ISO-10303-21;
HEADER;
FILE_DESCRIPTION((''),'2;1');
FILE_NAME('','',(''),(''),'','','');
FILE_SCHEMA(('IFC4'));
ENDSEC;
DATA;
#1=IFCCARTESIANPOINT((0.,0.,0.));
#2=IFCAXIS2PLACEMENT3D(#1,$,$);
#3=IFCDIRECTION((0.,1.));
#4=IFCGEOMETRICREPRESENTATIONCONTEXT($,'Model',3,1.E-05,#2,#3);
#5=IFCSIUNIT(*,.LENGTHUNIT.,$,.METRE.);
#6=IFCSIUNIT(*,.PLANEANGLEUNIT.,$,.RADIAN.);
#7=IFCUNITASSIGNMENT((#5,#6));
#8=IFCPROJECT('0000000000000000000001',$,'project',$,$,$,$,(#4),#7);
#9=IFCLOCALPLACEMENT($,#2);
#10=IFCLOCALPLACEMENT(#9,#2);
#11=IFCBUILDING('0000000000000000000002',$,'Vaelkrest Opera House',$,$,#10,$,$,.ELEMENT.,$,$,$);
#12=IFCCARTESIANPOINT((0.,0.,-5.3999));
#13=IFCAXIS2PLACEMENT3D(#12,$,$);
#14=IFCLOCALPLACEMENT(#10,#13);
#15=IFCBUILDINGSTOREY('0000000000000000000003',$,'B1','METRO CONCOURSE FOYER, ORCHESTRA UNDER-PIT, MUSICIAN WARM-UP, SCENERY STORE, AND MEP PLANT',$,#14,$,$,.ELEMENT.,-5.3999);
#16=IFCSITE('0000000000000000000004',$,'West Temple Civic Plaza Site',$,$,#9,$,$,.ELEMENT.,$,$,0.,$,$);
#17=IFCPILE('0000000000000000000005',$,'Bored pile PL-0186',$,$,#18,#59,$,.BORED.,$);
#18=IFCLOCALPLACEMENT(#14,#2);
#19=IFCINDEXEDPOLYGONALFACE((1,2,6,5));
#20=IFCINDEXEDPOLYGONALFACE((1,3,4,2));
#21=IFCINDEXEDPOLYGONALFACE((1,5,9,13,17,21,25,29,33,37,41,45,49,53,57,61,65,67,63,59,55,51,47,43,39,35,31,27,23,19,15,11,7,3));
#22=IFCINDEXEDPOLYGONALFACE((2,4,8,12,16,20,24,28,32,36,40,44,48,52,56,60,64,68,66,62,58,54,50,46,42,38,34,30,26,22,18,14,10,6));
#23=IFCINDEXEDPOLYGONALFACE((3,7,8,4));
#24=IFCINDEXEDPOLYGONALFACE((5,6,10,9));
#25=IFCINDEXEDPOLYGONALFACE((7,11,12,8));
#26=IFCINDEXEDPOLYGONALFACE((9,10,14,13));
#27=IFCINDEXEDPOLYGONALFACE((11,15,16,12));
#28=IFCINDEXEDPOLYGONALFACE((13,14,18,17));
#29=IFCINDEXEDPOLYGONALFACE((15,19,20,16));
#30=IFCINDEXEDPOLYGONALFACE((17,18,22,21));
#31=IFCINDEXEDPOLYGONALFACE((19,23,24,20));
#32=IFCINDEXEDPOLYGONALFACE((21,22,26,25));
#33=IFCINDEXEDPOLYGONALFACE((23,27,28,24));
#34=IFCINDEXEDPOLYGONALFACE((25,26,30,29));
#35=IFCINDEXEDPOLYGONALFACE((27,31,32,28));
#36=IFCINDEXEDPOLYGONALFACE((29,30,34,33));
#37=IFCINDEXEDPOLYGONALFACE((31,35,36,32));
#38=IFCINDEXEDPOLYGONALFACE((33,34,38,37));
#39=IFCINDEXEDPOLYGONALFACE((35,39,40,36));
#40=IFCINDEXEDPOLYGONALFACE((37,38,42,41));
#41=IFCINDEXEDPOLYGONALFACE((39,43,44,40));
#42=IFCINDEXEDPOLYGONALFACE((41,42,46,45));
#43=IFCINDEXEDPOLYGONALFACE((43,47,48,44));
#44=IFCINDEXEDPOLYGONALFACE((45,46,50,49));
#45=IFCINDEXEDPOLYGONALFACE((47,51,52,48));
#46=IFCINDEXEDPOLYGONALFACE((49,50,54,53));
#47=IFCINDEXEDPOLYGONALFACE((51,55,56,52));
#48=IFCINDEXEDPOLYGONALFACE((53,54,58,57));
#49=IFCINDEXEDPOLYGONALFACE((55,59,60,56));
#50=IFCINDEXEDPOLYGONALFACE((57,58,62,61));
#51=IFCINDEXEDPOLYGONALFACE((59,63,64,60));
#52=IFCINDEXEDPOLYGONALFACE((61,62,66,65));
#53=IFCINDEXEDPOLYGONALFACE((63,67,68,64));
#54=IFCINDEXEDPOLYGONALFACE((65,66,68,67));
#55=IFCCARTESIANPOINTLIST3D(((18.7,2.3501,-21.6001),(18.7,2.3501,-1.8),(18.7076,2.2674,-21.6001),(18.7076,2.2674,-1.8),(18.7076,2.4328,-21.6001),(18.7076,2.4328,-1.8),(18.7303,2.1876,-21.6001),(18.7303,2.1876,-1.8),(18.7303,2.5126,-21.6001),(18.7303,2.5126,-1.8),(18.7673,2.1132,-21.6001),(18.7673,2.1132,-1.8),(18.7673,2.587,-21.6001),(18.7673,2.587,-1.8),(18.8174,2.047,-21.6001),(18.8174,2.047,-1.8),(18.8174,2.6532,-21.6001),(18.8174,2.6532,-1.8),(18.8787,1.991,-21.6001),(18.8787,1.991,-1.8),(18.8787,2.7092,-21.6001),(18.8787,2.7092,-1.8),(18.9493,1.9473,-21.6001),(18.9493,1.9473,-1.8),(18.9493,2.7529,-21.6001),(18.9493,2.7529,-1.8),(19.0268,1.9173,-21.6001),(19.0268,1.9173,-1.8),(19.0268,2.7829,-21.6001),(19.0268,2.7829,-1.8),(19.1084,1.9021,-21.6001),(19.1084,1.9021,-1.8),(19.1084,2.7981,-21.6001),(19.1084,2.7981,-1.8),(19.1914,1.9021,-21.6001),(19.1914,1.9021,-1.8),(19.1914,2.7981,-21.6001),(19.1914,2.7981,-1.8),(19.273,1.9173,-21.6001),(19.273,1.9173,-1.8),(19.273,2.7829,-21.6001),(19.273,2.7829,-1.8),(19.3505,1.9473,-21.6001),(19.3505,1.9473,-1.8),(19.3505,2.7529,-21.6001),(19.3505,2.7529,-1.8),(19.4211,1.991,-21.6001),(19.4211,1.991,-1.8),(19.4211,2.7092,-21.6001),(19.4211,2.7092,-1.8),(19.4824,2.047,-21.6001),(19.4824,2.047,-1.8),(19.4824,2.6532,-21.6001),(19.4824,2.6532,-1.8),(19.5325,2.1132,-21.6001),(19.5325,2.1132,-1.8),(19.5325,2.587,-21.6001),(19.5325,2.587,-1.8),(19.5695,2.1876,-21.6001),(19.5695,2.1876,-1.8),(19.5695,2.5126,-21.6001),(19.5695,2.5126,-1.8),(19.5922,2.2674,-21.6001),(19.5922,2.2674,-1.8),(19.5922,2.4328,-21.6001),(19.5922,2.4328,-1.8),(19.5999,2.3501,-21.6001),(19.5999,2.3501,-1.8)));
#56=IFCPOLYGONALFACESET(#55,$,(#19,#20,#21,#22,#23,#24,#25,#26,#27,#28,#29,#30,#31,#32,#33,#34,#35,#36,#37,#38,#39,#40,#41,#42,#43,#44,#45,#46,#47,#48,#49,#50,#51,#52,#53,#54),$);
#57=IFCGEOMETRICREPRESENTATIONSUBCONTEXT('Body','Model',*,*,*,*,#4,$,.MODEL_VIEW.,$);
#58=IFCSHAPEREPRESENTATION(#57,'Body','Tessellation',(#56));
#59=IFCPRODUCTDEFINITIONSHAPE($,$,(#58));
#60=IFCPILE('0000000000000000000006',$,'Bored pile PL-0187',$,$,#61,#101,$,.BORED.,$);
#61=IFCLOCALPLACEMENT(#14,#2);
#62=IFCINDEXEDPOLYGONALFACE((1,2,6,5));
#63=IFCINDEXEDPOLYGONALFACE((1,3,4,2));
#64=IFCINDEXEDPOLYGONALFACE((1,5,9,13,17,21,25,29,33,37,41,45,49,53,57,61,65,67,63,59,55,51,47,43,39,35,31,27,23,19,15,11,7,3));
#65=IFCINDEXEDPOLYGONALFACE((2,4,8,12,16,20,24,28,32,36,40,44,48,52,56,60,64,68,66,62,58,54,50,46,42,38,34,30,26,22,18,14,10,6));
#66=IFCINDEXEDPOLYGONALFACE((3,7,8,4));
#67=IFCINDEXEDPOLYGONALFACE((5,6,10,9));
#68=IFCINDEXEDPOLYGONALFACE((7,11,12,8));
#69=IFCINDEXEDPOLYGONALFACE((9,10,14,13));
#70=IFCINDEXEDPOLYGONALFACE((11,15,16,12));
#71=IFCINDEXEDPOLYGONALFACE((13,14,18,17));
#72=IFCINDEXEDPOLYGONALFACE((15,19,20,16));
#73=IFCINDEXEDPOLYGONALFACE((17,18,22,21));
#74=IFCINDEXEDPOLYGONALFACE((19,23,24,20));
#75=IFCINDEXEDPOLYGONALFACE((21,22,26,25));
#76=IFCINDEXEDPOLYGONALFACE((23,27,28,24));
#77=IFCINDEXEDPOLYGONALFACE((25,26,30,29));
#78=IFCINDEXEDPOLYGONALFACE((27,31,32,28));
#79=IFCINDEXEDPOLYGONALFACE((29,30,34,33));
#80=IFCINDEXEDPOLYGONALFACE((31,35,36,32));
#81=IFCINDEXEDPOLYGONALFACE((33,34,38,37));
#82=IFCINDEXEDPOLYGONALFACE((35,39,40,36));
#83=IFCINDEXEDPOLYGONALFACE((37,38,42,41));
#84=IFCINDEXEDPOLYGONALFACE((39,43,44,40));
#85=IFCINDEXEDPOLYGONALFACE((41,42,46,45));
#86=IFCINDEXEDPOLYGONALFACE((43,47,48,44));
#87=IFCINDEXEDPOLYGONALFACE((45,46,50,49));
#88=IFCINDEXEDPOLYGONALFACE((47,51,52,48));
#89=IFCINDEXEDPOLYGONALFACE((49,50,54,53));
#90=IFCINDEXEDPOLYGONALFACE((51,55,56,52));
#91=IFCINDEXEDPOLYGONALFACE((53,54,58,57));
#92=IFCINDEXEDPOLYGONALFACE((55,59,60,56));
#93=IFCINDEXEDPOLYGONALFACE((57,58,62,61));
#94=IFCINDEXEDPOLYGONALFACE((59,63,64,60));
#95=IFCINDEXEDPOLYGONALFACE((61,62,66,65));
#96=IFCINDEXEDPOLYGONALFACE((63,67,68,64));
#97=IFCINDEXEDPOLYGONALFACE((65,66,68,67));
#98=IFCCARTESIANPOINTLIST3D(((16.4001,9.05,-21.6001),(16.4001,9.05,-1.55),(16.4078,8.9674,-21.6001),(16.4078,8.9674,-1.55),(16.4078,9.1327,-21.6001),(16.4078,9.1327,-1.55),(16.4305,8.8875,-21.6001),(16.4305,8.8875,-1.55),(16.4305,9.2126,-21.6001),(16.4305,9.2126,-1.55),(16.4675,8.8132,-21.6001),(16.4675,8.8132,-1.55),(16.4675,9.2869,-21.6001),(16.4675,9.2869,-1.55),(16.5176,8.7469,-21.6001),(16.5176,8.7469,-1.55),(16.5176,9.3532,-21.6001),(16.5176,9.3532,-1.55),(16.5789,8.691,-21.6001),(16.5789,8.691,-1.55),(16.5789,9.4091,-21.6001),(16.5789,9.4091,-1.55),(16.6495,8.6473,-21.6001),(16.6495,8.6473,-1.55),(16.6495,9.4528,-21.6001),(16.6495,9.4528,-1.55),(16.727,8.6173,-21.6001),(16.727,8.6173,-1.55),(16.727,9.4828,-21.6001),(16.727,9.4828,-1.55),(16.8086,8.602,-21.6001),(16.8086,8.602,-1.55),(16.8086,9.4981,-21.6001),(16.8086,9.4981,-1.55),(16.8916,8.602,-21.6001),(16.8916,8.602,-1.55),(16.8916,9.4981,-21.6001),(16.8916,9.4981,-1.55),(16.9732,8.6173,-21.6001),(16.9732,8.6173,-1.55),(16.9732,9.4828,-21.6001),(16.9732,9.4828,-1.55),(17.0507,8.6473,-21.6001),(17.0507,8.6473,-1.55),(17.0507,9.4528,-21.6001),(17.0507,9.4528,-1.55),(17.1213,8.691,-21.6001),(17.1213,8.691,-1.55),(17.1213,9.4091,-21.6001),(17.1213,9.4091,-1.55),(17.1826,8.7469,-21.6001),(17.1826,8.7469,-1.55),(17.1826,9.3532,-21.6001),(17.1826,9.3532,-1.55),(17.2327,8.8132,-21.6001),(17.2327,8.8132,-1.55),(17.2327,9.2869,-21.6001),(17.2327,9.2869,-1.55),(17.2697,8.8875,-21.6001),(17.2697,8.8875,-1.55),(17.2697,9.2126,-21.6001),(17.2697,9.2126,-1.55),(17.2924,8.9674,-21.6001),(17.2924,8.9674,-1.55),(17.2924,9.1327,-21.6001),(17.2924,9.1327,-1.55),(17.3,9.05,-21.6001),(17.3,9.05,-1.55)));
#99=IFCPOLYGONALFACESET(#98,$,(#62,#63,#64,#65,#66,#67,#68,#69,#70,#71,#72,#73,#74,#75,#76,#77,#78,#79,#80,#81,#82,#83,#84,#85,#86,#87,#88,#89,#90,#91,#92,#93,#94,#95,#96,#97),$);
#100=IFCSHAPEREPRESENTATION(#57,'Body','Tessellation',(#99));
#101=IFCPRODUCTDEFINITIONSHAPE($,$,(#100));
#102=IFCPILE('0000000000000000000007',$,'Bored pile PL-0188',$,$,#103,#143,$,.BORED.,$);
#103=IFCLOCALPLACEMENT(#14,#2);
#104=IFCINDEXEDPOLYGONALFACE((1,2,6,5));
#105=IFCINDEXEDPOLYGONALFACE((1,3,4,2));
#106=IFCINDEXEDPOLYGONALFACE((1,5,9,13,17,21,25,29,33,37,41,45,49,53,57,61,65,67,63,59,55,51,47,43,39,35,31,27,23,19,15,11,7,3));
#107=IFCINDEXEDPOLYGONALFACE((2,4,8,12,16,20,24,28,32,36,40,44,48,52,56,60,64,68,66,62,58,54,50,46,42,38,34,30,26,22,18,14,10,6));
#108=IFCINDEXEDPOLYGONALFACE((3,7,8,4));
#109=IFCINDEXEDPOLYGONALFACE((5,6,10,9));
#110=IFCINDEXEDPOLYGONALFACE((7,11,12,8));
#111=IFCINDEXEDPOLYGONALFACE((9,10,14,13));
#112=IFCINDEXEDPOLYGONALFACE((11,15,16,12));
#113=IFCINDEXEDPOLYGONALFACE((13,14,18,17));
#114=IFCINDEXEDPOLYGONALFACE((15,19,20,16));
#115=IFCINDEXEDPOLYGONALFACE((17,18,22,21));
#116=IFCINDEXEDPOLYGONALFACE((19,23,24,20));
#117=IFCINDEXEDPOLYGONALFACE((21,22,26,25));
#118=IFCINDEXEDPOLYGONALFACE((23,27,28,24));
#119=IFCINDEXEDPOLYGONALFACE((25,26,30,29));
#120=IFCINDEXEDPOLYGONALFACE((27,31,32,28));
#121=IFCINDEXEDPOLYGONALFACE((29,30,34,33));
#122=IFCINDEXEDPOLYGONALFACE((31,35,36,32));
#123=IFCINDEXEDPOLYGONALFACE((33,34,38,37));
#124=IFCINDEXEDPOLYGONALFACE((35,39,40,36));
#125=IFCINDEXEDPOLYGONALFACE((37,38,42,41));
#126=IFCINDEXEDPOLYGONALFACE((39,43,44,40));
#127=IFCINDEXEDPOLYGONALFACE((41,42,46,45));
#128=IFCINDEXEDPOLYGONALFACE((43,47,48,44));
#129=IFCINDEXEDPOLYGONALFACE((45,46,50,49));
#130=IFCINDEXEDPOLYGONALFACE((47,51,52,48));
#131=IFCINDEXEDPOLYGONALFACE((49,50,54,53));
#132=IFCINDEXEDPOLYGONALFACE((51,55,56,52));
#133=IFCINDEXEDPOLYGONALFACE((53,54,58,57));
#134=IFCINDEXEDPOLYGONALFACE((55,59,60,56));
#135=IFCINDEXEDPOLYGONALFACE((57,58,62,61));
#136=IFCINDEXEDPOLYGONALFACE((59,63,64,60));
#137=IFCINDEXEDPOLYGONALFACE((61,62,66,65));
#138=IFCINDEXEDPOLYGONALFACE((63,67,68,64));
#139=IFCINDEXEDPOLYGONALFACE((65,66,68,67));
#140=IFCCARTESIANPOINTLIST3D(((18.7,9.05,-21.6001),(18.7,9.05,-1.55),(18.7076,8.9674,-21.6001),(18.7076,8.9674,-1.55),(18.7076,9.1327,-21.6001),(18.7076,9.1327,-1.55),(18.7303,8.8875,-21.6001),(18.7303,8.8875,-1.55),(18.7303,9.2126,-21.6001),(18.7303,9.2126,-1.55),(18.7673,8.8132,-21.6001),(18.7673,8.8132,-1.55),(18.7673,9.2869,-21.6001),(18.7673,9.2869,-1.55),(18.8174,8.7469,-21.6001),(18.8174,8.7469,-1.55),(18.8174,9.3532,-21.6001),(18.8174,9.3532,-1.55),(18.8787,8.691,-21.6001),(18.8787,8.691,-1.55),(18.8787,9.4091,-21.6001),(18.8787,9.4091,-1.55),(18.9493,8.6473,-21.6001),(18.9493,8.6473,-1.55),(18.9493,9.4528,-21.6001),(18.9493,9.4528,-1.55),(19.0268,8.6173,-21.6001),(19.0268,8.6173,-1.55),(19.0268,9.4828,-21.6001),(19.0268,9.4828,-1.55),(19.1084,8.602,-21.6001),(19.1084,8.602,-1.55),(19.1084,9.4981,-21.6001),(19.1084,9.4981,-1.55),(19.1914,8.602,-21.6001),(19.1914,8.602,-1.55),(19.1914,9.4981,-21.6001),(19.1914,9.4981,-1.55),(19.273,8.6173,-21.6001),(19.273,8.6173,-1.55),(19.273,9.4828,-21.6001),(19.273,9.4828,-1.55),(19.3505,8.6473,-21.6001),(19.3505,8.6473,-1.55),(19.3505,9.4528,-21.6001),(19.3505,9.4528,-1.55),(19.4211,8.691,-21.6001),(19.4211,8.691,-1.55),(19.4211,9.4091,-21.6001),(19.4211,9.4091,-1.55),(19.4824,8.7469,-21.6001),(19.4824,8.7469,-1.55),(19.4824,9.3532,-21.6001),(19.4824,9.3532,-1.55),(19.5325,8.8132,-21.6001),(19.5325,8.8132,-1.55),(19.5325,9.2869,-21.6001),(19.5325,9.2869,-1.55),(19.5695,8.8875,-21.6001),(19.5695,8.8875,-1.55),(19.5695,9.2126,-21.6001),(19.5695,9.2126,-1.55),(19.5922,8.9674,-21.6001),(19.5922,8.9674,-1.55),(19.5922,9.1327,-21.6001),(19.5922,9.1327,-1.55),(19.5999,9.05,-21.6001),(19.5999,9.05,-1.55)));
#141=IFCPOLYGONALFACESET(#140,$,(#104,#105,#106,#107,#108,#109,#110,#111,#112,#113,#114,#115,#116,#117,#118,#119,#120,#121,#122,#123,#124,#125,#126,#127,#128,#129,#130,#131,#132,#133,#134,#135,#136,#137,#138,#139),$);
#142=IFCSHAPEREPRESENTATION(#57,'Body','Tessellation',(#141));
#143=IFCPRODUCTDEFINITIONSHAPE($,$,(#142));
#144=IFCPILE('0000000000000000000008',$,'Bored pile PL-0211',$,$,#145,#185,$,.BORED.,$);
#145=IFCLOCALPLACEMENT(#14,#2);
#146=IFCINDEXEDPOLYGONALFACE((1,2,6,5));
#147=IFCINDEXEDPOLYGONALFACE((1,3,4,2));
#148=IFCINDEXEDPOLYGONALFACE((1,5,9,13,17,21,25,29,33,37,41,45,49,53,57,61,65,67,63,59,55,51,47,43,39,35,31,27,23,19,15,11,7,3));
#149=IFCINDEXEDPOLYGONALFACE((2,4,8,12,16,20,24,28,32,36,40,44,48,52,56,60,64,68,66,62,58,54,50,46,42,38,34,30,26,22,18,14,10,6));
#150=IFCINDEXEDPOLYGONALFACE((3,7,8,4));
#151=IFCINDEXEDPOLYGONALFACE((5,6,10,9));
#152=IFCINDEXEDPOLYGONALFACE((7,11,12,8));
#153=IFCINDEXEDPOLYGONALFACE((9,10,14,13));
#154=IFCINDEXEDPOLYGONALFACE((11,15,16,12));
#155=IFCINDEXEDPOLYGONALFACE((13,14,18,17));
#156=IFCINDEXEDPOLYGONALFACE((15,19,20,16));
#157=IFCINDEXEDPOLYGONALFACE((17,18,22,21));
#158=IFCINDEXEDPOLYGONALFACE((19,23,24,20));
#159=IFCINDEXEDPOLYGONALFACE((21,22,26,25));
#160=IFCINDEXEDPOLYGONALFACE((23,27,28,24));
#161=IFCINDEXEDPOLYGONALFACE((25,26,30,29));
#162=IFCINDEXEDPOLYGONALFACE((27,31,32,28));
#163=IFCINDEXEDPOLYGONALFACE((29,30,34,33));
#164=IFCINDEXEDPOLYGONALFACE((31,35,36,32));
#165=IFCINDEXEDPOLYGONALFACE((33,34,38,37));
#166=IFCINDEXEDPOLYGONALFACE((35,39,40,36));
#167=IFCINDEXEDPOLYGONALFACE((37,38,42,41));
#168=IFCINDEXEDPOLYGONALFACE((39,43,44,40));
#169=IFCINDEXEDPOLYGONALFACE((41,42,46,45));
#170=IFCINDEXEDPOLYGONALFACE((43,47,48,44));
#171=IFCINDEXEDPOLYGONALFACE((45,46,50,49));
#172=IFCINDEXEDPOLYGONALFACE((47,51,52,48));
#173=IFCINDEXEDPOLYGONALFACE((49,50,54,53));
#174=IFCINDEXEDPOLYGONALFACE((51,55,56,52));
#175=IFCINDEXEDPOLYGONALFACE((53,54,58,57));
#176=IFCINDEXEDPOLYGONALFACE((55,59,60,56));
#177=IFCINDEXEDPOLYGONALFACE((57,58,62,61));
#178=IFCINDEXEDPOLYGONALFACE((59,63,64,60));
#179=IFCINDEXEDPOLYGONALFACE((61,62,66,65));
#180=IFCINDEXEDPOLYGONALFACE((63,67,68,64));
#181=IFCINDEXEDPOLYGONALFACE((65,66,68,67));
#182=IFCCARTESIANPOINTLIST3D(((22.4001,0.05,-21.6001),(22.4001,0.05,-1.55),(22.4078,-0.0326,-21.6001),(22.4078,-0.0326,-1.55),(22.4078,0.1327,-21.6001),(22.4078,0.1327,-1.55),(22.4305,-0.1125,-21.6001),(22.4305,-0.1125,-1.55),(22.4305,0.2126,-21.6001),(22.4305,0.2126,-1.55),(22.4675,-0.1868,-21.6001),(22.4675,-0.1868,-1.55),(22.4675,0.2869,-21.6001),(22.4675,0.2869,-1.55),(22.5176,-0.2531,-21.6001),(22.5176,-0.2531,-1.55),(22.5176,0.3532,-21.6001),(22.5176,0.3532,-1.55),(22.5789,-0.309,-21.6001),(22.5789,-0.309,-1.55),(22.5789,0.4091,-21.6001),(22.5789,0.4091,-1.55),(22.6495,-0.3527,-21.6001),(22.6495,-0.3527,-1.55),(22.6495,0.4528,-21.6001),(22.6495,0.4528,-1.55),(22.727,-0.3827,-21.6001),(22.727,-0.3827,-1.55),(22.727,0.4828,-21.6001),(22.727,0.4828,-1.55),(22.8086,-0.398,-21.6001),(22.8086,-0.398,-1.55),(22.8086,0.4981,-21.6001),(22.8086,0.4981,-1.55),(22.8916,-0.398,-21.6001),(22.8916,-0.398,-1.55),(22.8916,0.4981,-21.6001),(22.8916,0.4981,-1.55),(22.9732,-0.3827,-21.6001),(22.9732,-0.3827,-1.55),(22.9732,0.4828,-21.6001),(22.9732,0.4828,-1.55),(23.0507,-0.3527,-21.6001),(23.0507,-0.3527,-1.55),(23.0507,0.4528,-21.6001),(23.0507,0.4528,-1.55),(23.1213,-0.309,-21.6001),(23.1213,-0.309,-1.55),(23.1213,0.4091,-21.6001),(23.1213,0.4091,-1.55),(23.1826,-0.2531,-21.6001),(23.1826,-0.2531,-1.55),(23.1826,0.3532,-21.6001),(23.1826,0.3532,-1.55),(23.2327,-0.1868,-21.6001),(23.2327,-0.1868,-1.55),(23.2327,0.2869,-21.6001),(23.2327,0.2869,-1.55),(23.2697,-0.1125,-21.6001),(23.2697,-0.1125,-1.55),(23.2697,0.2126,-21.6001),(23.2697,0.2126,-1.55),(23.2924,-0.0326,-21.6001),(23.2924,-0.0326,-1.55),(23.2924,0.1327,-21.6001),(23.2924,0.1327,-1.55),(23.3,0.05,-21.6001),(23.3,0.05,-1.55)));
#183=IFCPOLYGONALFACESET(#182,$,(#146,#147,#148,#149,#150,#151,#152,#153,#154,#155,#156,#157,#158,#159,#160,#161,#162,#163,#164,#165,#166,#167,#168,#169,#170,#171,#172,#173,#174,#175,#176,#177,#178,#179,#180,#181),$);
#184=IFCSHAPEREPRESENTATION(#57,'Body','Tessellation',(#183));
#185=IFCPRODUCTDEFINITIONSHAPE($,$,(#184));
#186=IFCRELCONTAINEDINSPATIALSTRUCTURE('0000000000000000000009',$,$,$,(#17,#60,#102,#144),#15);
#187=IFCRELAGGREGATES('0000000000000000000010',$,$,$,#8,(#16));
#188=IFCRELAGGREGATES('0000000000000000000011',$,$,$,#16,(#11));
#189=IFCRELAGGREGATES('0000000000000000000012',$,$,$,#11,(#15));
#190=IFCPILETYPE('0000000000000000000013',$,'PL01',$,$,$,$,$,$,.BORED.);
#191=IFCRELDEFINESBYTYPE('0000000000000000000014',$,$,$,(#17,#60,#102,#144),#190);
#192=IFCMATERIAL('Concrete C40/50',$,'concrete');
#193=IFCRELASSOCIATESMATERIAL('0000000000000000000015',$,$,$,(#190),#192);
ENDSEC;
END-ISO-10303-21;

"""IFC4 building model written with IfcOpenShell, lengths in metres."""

from ifc_helpers import new_model, si_unit, direction, frame, origin, origin_2d, place, context, subcontext, project, spatial, circle, extrude, material, material_profile, profile_set, type_object, element, save


model = new_model("IFC4")

# Units and contexts
model_context = context("Model", 3, precision=1e-05, world=origin(), true_north=direction((0.0, 1.0)))
body_context = subcontext(model_context, "Body", "Model", "MODEL_VIEW")
ifc_project = project(units=[si_unit("LENGTHUNIT", "METRE"), si_unit("PLANEANGLEUNIT", "RADIAN")], contexts=[model_context])

# Site, building, storey
site_placement = place(None, origin())
site = spatial("IfcSite", under=ifc_project, at=site_placement, Name="West Temple Civic Plaza Site", CompositionType="ELEMENT", RefElevation=0.0)
building_placement = place(site_placement, origin())
building = spatial("IfcBuilding", under=site, at=building_placement, Name="Vaelkrest Opera House", CompositionType="ELEMENT")
storey_placement = place(building_placement, frame((0.0, 0.0, -5.3999)))
storey = spatial("IfcBuildingStorey", under=building, at=storey_placement, Name="B1", Description="METRO CONCOURSE FOYER, ORCHESTRA UNDER-PIT, MUSICIAN WARM-UP, SCENERY STORE, AND MEP PLANT", CompositionType="ELEMENT", Elevation=-5.3999)

# Shared definitions
ifc_material_1 = material(Name="Concrete C40/50", Category="concrete")

# Piles
ifc_material_profile_1 = material_profile(ifc_material_1, circle(Radius=0.45, at=origin_2d()), Name="PILE900")
ifc_profile_set_1 = profile_set([ifc_material_profile_1], Name="Concrete C40/50")
pile_type = type_object("IfcPileType", Name="PL01", PredefinedType="BORED", material=ifc_profile_set_1)
for number, where, z_axis, x_axis, name in (
    (1, (19.1499, 2.3501, -1.8), (0.0, 0.0, -1.0), (1.0, 0.0, 0.0), "Bored pile PL-0186"),
):
    element("IfcPile", number, at=place(storey_placement, frame(where, z_axis=z_axis, x_axis=x_axis)), inside=storey, type_object=pile_type, Name=name, PredefinedType="BORED", context=body_context, shape_type="SweptSolid", body=[
        extrude(circle(Radius=0.45, at=origin_2d()), origin(), (0.0, 0.0, 1.0), 19.8),
    ])
for number, where, z_axis, x_axis, name in (
    (2, (16.8501, 9.05, -1.55), (0.0, 0.0, -1.0), (1.0, 0.0, 0.0), "Bored pile PL-0187"),
    (3, (19.1499, 9.05, -1.55), (0.0, 0.0, -1.0), (1.0, 0.0, 0.0), "Bored pile PL-0188"),
    (4, (22.8501, 0.05, -1.55), (0.0, 0.0, -1.0), (1.0, 0.0, 0.0), "Bored pile PL-0211"),
):
    element("IfcPile", number, at=place(storey_placement, frame(where, z_axis=z_axis, x_axis=x_axis)), inside=storey, type_object=pile_type, Name=name, PredefinedType="BORED", context=body_context, shape_type="SweptSolid", body=[
        extrude(circle(Radius=0.45, at=origin_2d()), origin(), (0.0, 0.0, 1.0), 20.05),
    ])

save(model, "model.ifc")
